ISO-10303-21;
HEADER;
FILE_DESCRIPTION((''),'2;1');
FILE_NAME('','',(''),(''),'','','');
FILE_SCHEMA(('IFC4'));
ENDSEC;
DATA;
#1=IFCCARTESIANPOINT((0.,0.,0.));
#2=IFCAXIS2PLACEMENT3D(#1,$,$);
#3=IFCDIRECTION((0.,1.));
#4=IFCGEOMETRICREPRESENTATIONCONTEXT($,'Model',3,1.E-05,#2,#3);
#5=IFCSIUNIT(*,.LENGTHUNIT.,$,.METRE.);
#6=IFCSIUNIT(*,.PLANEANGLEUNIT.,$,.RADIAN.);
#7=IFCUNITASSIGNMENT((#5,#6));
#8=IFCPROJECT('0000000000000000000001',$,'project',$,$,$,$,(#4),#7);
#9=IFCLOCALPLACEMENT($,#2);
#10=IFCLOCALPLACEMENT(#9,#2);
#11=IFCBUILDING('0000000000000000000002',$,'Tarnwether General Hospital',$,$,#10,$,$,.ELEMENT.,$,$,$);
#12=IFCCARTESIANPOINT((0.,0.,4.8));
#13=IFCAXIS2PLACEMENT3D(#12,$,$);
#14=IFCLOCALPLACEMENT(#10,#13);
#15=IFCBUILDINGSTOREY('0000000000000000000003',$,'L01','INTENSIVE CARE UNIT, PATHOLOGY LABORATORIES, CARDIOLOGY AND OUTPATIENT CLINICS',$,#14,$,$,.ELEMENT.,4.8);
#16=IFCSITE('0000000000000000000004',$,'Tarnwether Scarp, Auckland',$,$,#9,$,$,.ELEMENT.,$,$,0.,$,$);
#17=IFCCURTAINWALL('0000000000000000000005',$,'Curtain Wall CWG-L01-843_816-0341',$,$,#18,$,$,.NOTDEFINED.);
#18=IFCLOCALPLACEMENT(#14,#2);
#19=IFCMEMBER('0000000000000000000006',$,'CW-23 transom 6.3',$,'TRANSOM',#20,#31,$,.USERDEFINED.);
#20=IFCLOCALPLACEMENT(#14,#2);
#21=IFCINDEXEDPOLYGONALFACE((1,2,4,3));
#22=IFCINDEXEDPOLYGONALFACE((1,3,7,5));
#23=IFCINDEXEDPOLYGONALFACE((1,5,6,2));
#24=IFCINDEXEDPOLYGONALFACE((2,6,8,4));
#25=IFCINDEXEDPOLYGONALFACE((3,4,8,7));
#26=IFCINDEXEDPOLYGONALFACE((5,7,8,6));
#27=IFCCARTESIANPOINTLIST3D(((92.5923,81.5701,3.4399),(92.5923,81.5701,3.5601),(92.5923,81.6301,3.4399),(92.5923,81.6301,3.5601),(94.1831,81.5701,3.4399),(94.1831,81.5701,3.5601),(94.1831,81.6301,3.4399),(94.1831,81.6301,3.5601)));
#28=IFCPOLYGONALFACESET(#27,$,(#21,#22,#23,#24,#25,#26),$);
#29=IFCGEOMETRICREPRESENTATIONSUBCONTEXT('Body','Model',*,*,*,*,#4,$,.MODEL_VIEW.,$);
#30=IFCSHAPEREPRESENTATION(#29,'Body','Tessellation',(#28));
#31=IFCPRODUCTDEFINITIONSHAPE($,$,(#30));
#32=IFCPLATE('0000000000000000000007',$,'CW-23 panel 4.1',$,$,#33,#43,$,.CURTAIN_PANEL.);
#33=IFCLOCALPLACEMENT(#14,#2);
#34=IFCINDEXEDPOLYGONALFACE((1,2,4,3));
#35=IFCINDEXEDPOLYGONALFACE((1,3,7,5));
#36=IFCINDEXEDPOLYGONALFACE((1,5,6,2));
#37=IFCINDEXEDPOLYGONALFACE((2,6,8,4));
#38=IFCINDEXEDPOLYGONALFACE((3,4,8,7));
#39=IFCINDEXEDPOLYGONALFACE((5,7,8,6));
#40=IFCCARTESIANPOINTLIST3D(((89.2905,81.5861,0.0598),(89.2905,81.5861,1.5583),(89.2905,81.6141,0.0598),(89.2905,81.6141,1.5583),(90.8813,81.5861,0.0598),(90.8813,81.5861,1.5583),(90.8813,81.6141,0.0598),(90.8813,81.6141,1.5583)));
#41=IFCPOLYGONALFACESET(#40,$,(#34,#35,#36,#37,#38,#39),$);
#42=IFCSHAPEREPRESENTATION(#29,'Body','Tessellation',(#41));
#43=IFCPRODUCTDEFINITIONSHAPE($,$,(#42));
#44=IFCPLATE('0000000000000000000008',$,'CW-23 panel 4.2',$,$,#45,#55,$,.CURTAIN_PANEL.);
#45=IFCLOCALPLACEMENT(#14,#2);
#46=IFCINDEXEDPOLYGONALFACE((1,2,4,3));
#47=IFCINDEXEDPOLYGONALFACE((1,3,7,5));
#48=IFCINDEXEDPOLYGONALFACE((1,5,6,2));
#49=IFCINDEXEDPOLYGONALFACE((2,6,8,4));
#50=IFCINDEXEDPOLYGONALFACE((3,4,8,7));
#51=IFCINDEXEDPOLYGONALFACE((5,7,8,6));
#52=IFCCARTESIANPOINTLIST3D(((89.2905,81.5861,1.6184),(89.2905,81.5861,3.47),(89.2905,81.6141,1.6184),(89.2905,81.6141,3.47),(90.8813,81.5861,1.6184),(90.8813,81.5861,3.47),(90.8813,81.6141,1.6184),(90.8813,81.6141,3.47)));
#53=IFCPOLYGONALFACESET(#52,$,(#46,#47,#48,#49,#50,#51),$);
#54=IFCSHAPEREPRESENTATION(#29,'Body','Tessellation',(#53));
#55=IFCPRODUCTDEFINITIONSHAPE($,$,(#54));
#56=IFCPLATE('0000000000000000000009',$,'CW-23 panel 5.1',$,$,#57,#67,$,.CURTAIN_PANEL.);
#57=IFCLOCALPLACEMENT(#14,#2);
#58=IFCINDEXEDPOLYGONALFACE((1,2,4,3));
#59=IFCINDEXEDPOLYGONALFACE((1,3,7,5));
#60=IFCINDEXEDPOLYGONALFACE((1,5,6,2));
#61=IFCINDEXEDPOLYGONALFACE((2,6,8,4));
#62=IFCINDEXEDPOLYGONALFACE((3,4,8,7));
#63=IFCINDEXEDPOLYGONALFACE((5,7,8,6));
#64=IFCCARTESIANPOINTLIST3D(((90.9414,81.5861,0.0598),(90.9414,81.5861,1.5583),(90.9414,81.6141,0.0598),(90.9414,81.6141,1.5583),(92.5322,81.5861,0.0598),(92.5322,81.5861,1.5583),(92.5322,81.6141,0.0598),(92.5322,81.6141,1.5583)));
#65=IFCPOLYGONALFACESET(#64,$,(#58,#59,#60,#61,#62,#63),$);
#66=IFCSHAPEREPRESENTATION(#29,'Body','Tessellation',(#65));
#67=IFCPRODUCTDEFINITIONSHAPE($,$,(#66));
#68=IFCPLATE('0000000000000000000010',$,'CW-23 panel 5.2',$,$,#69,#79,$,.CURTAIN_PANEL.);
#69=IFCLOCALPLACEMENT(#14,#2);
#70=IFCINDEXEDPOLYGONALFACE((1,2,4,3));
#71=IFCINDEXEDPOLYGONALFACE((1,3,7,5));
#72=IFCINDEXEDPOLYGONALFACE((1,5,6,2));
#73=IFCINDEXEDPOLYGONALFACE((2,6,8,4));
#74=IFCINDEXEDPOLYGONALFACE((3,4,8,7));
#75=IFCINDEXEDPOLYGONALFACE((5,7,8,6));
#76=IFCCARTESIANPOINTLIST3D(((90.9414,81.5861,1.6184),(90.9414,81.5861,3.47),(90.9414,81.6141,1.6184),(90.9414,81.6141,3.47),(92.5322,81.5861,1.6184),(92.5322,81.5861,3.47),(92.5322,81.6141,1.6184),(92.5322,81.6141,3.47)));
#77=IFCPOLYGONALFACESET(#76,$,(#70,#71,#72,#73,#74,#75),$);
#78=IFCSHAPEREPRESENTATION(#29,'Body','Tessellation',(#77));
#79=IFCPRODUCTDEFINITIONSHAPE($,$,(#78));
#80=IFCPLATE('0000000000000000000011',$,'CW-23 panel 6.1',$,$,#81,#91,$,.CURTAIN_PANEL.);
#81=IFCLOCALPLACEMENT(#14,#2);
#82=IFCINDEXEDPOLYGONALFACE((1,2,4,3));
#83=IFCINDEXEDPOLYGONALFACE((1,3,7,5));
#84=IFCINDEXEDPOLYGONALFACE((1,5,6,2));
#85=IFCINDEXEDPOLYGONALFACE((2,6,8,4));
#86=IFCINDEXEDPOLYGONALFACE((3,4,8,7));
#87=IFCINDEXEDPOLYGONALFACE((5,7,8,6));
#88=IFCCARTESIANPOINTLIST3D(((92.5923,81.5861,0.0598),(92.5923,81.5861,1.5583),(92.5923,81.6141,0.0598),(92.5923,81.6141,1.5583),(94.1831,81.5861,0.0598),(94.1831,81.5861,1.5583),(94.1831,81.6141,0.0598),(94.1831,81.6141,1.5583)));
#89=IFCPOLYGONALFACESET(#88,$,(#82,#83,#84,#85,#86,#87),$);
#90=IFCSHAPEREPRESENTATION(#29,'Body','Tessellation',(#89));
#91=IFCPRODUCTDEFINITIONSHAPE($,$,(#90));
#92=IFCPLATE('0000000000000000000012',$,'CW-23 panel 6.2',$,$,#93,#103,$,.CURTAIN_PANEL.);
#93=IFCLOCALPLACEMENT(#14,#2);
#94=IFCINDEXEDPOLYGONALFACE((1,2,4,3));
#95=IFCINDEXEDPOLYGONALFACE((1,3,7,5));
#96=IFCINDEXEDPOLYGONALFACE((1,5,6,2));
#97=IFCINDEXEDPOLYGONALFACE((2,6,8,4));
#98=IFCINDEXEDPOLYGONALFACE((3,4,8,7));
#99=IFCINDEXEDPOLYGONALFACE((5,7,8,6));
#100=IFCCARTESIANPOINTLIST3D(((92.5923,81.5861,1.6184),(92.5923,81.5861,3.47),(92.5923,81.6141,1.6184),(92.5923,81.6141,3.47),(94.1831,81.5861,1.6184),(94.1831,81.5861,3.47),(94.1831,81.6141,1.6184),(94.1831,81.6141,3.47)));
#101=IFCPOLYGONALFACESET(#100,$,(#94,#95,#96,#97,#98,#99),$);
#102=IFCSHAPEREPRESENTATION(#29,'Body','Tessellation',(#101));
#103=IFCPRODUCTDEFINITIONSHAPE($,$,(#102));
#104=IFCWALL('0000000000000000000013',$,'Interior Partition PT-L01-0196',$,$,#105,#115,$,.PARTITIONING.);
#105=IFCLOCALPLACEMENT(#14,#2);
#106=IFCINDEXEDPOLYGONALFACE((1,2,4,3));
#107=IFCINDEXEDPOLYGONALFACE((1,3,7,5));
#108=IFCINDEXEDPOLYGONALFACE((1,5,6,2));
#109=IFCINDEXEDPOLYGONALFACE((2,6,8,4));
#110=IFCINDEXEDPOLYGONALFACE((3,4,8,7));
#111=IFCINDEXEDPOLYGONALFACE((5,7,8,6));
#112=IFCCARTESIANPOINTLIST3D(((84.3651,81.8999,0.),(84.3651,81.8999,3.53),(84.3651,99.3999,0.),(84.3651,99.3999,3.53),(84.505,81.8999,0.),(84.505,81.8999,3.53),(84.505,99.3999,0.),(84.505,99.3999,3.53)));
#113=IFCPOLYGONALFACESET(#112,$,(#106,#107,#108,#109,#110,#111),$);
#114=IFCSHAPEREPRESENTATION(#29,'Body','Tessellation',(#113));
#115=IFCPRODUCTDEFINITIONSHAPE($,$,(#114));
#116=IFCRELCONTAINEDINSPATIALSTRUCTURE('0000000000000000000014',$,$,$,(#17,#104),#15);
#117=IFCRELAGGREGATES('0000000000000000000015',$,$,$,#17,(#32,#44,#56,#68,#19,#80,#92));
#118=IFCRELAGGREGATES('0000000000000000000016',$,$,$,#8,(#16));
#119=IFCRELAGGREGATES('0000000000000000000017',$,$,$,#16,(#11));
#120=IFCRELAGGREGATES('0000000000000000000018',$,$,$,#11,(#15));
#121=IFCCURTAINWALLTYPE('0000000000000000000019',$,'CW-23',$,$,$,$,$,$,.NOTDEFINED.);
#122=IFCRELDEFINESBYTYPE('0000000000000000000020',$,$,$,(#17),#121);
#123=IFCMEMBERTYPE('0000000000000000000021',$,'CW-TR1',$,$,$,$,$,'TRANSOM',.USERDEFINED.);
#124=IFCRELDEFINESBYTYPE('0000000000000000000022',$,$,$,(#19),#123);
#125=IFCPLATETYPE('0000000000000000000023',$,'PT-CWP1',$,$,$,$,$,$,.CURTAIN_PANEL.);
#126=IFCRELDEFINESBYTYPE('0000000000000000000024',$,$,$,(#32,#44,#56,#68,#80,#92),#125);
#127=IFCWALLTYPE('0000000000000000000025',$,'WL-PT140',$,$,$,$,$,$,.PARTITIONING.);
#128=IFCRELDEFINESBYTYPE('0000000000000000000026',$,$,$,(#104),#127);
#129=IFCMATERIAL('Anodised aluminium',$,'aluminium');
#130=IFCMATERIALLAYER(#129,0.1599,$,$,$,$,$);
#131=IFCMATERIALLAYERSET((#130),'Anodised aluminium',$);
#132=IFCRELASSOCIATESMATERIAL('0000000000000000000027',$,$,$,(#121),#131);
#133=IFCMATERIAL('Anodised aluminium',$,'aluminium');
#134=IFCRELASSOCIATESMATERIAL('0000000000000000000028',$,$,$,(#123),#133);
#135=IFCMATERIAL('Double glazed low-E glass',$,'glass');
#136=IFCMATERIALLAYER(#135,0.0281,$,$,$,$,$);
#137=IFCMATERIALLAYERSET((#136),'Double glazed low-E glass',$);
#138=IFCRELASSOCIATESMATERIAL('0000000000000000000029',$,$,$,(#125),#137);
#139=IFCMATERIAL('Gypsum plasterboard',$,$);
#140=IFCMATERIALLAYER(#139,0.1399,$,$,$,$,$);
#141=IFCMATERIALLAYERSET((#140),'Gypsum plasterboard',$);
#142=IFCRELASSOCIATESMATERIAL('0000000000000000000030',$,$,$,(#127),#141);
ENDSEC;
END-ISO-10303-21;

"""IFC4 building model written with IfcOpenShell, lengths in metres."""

from ifc_helpers import new_model, si_unit, direction, frame, frame_2d, origin, origin_2d, place, context, subcontext, project, spatial, rectangle, extrude, material, layer, layer_set, material_profile, profile_set, type_object, element, aggregate, save


model = new_model("IFC4")

# Units and contexts
model_context = context("Model", 3, precision=1e-05, world=origin(), true_north=direction((0.0, 1.0)))
body_context = subcontext(model_context, "Body", "Model", "MODEL_VIEW")
ifc_project = project(units=[si_unit("LENGTHUNIT", "METRE"), si_unit("PLANEANGLEUNIT", "RADIAN")], contexts=[model_context])

# Site, building, storey
site_placement = place(None, origin())
site = spatial("IfcSite", under=ifc_project, at=site_placement, Name="Tarnwether Scarp, Auckland", CompositionType="ELEMENT", RefElevation=0.0)
building_placement = place(site_placement, origin())
building = spatial("IfcBuilding", under=site, at=building_placement, Name="Tarnwether General Hospital", CompositionType="ELEMENT")
storey_placement = place(building_placement, frame((0.0, 0.0, 4.8)))
storey = spatial("IfcBuildingStorey", under=building, at=storey_placement, Name="L01", Description="INTENSIVE CARE UNIT, PATHOLOGY LABORATORIES, CARDIOLOGY AND OUTPATIENT CLINICS", CompositionType="ELEMENT", Elevation=4.8)

# Curtain wall, member, plates
ifc_material_1 = material(Name="Anodised aluminium", Category="aluminium")
ifc_layer_1 = layer(ifc_material_1, 0.1599)
ifc_layer_set_1 = layer_set([ifc_layer_1], Name="Anodised aluminium")
curtain_wall_type = type_object("IfcCurtainWallType", Name="CW-23", PredefinedType="NOTDEFINED", material=ifc_layer_set_1)
curtain_wall_placement = place(storey_placement, origin())
curtain_wall = element("IfcCurtainWall", 1, at=curtain_wall_placement, inside=storey, type_object=curtain_wall_type, Name="Curtain Wall CWG-L01-843_816-0341", PredefinedType="NOTDEFINED")
ifc_material_2 = material(Name="Anodised aluminium", Category="aluminium")
ifc_material_profile_1 = material_profile(ifc_material_2, rectangle(XDim=0.0601, YDim=0.1201, at=origin_2d()), Name="ALU-TRN-60x120")
ifc_profile_set_1 = profile_set([ifc_material_profile_1], Name="Anodised aluminium")
member_type_1 = type_object("IfcMemberType", Name="CW-TR1", ElementType="TRANSOM", PredefinedType="USERDEFINED", material=ifc_profile_set_1)
member_1_placement = place(storey_placement, frame((92.5923, 81.6001, 3.5), z_axis=(1.0, 0.0, 0.0), x_axis=(0.0, 1.0, 0.0)))
member_1 = element("IfcMember", 2, at=member_1_placement, type_object=member_type_1, Name="CW-23 transom 6.3", ObjectType="TRANSOM", PredefinedType="USERDEFINED", context=body_context, shape_type="SweptSolid", body=[
    extrude(rectangle(XDim=0.0601, YDim=0.1201, at=origin_2d()), origin(), (0.0, 0.0, 1.0), 1.5908),
])
ifc_material_3 = material(Name="Double glazed low-E glass", Category="glass")
ifc_layer_2 = layer(ifc_material_3, 0.0281)
ifc_layer_set_2 = layer_set([ifc_layer_2], Name="Double glazed low-E glass")
plate_type = type_object("IfcPlateType", Name="PT-CWP1", PredefinedType="CURTAIN_PANEL", material=ifc_layer_set_2)
plate_1_placement = place(storey_placement, frame((90.0859, 81.6001, 0.0598), z_axis=(0.0, 0.0, 1.0), x_axis=(1.0, 0.0, 0.0)))
plate_1 = element("IfcPlate", 3, at=plate_1_placement, type_object=plate_type, Name="CW-23 panel 4.1", PredefinedType="CURTAIN_PANEL", context=body_context, shape_type="SweptSolid", body=[
    extrude(rectangle(XDim=1.5908, YDim=0.0281, at=origin_2d()), origin(), (0.0, 0.0, 1.0), 1.4985),
])
plate_2_placement = place(storey_placement, frame((90.0859, 81.6001, 1.6184), z_axis=(0.0, 0.0, 1.0), x_axis=(1.0, 0.0, 0.0)))
plate_2 = element("IfcPlate", 4, at=plate_2_placement, type_object=plate_type, Name="CW-23 panel 4.2", PredefinedType="CURTAIN_PANEL", context=body_context, shape_type="SweptSolid", body=[
    extrude(rectangle(XDim=1.5908, YDim=0.0281, at=origin_2d()), origin(), (0.0, 0.0, 1.0), 1.8516),
])
plate_3_placement = place(storey_placement, frame((91.7368, 81.6001, 0.0598), z_axis=(0.0, 0.0, 1.0), x_axis=(1.0, 0.0, 0.0)))
plate_3 = element("IfcPlate", 5, at=plate_3_placement, type_object=plate_type, Name="CW-23 panel 5.1", PredefinedType="CURTAIN_PANEL", context=body_context, shape_type="SweptSolid", body=[
    extrude(rectangle(XDim=1.5908, YDim=0.0281, at=origin_2d()), origin(), (0.0, 0.0, 1.0), 1.4985),
])
plate_4_placement = place(storey_placement, frame((91.7368, 81.6001, 1.6184), z_axis=(0.0, 0.0, 1.0), x_axis=(1.0, 0.0, 0.0)))
plate_4 = element("IfcPlate", 6, at=plate_4_placement, type_object=plate_type, Name="CW-23 panel 5.2", PredefinedType="CURTAIN_PANEL", context=body_context, shape_type="SweptSolid", body=[
    extrude(rectangle(XDim=1.5908, YDim=0.0281, at=origin_2d()), origin(), (0.0, 0.0, 1.0), 1.8516),
])
plate_5_placement = place(storey_placement, frame((93.3877, 81.6001, 0.0598), z_axis=(0.0, 0.0, 1.0), x_axis=(1.0, 0.0, 0.0)))
plate_5 = element("IfcPlate", 7, at=plate_5_placement, type_object=plate_type, Name="CW-23 panel 6.1", PredefinedType="CURTAIN_PANEL", context=body_context, shape_type="SweptSolid", body=[
    extrude(rectangle(XDim=1.5908, YDim=0.0281, at=origin_2d()), origin(), (0.0, 0.0, 1.0), 1.4985),
])
plate_6_placement = place(storey_placement, frame((93.3877, 81.6001, 1.6184), z_axis=(0.0, 0.0, 1.0), x_axis=(1.0, 0.0, 0.0)))
plate_6 = element("IfcPlate", 8, at=plate_6_placement, type_object=plate_type, Name="CW-23 panel 6.2", PredefinedType="CURTAIN_PANEL", context=body_context, shape_type="SweptSolid", body=[
    extrude(rectangle(XDim=1.5908, YDim=0.0281, at=origin_2d()), origin(), (0.0, 0.0, 1.0), 1.8516),
])
aggregate(curtain_wall, [plate_1, plate_2, plate_3, plate_4, member_1, plate_5, plate_6])

# Wall
ifc_material_4 = material(Name="Gypsum plasterboard")
ifc_layer_3 = layer(ifc_material_4, 0.1399)
ifc_layer_set_3 = layer_set([ifc_layer_3], Name="Gypsum plasterboard")
wall_type = type_object("IfcWallType", Name="WL-PT140", PredefinedType="PARTITIONING", material=ifc_layer_set_3)
wall_placement = place(storey_placement, frame((84.4351, 81.8999, 0.0), z_axis=(0.0, 0.0, 1.0), x_axis=(0.0, 1.0, 0.0)))
element("IfcWall", 9, at=wall_placement, inside=storey, type_object=wall_type, Name="Interior Partition PT-L01-0196", PredefinedType="PARTITIONING", context=body_context, shape_type="SweptSolid", body=[
    extrude(rectangle(XDim=17.5, YDim=0.1399, at=frame_2d((8.75, 0.0))), origin(), (0.0, 0.0, 1.0), 3.53),
])

save(model, "model.ifc")
